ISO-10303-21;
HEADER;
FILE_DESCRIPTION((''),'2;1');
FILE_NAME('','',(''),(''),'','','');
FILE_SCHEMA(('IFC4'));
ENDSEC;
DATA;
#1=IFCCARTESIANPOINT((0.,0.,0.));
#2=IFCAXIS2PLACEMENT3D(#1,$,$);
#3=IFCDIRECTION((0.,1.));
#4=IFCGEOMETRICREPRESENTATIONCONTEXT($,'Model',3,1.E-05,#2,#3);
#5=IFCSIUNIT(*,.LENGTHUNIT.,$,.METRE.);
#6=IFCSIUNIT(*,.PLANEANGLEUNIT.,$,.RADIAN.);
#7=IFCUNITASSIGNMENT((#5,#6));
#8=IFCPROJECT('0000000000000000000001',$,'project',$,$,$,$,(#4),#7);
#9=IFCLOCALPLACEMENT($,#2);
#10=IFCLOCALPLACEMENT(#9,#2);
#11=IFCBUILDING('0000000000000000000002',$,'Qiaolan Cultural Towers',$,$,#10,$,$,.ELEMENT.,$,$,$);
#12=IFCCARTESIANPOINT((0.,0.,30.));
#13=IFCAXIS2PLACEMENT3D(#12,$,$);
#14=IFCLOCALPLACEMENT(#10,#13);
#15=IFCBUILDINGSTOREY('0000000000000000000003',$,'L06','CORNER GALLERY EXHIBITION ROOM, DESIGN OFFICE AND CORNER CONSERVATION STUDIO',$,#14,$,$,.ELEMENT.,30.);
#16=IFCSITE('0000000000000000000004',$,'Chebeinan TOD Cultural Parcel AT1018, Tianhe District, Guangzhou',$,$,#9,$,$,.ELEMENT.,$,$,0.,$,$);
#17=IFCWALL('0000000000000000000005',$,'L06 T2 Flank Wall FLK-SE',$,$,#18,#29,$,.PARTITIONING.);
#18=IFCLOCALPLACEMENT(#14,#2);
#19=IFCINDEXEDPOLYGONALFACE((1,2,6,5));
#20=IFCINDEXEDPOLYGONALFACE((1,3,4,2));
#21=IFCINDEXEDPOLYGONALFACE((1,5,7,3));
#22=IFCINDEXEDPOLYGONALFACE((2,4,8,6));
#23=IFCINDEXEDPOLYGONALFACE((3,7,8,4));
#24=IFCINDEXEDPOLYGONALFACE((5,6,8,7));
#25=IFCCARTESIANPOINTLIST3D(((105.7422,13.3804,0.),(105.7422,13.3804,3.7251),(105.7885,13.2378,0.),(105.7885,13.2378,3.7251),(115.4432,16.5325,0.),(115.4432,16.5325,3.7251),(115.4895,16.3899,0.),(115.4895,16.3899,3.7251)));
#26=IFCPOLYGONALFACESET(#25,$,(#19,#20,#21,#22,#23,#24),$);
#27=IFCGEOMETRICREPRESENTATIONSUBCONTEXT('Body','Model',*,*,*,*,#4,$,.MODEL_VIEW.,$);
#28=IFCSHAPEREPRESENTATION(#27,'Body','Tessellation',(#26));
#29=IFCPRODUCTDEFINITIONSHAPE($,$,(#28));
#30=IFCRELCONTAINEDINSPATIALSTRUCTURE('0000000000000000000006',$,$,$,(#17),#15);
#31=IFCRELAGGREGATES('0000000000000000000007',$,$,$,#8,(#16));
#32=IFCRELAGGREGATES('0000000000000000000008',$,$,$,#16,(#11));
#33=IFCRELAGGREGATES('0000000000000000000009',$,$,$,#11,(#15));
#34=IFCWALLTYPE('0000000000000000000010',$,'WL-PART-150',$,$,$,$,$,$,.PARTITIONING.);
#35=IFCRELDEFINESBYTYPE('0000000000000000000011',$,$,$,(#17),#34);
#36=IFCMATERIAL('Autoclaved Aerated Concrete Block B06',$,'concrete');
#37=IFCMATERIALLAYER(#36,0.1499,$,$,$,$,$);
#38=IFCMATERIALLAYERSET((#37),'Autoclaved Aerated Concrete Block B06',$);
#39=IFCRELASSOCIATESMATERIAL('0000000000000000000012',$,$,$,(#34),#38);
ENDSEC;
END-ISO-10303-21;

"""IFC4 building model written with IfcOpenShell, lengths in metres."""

from ifc_helpers import new_model, si_unit, direction, frame, frame_2d, origin, place, context, subcontext, project, spatial, rectangle, extrude, material, layer, layer_set, type_object, element, save


model = new_model("IFC4")

# Units and contexts
model_context = context("Model", 3, precision=1e-05, world=origin(), true_north=direction((0.0, 1.0)))
body_context = subcontext(model_context, "Body", "Model", "MODEL_VIEW")
ifc_project = project(units=[si_unit("LENGTHUNIT", "METRE"), si_unit("PLANEANGLEUNIT", "RADIAN")], contexts=[model_context])

# Site, building, storey
site_placement = place(None, origin())
site = spatial("IfcSite", under=ifc_project, at=site_placement, Name="Chebeinan TOD Cultural Parcel AT1018, Tianhe District, Guangzhou", CompositionType="ELEMENT", RefElevation=0.0)
building_placement = place(site_placement, origin())
building = spatial("IfcBuilding", under=site, at=building_placement, Name="Qiaolan Cultural Towers", CompositionType="ELEMENT")
storey_placement = place(building_placement, frame((0.0, 0.0, 30.0)))
storey = spatial("IfcBuildingStorey", under=building, at=storey_placement, Name="L06", Description="CORNER GALLERY EXHIBITION ROOM, DESIGN OFFICE AND CORNER CONSERVATION STUDIO", CompositionType="ELEMENT", Elevation=30.0)

# Wall
ifc_material_1 = material(Name="Autoclaved Aerated Concrete Block B06", Category="concrete")
ifc_layer_1 = layer(ifc_material_1, 0.1499)
ifc_layer_set_1 = layer_set([ifc_layer_1], Name="Autoclaved Aerated Concrete Block B06")
wall_type_1 = type_object("IfcWallType", Name="WL-PART-150", PredefinedType="PARTITIONING", material=ifc_layer_set_1)
wall_1_placement = place(storey_placement, frame((105.7654, 13.3091, 0.0), z_axis=(0.0, 0.0, 1.0), x_axis=(0.951054, 0.309024, 0.0)))
element("IfcWall", 1, at=wall_1_placement, inside=storey, type_object=wall_type_1, Name="L06 T2 Flank Wall FLK-SE", PredefinedType="PARTITIONING", context=body_context, shape_type="SweptSolid", body=[
    extrude(rectangle(XDim=10.2002, YDim=0.1499, at=frame_2d((5.1001, 0.0))), origin(), (0.0, 0.0, 1.0), 3.7251),
])

save(model, "model.ifc")
